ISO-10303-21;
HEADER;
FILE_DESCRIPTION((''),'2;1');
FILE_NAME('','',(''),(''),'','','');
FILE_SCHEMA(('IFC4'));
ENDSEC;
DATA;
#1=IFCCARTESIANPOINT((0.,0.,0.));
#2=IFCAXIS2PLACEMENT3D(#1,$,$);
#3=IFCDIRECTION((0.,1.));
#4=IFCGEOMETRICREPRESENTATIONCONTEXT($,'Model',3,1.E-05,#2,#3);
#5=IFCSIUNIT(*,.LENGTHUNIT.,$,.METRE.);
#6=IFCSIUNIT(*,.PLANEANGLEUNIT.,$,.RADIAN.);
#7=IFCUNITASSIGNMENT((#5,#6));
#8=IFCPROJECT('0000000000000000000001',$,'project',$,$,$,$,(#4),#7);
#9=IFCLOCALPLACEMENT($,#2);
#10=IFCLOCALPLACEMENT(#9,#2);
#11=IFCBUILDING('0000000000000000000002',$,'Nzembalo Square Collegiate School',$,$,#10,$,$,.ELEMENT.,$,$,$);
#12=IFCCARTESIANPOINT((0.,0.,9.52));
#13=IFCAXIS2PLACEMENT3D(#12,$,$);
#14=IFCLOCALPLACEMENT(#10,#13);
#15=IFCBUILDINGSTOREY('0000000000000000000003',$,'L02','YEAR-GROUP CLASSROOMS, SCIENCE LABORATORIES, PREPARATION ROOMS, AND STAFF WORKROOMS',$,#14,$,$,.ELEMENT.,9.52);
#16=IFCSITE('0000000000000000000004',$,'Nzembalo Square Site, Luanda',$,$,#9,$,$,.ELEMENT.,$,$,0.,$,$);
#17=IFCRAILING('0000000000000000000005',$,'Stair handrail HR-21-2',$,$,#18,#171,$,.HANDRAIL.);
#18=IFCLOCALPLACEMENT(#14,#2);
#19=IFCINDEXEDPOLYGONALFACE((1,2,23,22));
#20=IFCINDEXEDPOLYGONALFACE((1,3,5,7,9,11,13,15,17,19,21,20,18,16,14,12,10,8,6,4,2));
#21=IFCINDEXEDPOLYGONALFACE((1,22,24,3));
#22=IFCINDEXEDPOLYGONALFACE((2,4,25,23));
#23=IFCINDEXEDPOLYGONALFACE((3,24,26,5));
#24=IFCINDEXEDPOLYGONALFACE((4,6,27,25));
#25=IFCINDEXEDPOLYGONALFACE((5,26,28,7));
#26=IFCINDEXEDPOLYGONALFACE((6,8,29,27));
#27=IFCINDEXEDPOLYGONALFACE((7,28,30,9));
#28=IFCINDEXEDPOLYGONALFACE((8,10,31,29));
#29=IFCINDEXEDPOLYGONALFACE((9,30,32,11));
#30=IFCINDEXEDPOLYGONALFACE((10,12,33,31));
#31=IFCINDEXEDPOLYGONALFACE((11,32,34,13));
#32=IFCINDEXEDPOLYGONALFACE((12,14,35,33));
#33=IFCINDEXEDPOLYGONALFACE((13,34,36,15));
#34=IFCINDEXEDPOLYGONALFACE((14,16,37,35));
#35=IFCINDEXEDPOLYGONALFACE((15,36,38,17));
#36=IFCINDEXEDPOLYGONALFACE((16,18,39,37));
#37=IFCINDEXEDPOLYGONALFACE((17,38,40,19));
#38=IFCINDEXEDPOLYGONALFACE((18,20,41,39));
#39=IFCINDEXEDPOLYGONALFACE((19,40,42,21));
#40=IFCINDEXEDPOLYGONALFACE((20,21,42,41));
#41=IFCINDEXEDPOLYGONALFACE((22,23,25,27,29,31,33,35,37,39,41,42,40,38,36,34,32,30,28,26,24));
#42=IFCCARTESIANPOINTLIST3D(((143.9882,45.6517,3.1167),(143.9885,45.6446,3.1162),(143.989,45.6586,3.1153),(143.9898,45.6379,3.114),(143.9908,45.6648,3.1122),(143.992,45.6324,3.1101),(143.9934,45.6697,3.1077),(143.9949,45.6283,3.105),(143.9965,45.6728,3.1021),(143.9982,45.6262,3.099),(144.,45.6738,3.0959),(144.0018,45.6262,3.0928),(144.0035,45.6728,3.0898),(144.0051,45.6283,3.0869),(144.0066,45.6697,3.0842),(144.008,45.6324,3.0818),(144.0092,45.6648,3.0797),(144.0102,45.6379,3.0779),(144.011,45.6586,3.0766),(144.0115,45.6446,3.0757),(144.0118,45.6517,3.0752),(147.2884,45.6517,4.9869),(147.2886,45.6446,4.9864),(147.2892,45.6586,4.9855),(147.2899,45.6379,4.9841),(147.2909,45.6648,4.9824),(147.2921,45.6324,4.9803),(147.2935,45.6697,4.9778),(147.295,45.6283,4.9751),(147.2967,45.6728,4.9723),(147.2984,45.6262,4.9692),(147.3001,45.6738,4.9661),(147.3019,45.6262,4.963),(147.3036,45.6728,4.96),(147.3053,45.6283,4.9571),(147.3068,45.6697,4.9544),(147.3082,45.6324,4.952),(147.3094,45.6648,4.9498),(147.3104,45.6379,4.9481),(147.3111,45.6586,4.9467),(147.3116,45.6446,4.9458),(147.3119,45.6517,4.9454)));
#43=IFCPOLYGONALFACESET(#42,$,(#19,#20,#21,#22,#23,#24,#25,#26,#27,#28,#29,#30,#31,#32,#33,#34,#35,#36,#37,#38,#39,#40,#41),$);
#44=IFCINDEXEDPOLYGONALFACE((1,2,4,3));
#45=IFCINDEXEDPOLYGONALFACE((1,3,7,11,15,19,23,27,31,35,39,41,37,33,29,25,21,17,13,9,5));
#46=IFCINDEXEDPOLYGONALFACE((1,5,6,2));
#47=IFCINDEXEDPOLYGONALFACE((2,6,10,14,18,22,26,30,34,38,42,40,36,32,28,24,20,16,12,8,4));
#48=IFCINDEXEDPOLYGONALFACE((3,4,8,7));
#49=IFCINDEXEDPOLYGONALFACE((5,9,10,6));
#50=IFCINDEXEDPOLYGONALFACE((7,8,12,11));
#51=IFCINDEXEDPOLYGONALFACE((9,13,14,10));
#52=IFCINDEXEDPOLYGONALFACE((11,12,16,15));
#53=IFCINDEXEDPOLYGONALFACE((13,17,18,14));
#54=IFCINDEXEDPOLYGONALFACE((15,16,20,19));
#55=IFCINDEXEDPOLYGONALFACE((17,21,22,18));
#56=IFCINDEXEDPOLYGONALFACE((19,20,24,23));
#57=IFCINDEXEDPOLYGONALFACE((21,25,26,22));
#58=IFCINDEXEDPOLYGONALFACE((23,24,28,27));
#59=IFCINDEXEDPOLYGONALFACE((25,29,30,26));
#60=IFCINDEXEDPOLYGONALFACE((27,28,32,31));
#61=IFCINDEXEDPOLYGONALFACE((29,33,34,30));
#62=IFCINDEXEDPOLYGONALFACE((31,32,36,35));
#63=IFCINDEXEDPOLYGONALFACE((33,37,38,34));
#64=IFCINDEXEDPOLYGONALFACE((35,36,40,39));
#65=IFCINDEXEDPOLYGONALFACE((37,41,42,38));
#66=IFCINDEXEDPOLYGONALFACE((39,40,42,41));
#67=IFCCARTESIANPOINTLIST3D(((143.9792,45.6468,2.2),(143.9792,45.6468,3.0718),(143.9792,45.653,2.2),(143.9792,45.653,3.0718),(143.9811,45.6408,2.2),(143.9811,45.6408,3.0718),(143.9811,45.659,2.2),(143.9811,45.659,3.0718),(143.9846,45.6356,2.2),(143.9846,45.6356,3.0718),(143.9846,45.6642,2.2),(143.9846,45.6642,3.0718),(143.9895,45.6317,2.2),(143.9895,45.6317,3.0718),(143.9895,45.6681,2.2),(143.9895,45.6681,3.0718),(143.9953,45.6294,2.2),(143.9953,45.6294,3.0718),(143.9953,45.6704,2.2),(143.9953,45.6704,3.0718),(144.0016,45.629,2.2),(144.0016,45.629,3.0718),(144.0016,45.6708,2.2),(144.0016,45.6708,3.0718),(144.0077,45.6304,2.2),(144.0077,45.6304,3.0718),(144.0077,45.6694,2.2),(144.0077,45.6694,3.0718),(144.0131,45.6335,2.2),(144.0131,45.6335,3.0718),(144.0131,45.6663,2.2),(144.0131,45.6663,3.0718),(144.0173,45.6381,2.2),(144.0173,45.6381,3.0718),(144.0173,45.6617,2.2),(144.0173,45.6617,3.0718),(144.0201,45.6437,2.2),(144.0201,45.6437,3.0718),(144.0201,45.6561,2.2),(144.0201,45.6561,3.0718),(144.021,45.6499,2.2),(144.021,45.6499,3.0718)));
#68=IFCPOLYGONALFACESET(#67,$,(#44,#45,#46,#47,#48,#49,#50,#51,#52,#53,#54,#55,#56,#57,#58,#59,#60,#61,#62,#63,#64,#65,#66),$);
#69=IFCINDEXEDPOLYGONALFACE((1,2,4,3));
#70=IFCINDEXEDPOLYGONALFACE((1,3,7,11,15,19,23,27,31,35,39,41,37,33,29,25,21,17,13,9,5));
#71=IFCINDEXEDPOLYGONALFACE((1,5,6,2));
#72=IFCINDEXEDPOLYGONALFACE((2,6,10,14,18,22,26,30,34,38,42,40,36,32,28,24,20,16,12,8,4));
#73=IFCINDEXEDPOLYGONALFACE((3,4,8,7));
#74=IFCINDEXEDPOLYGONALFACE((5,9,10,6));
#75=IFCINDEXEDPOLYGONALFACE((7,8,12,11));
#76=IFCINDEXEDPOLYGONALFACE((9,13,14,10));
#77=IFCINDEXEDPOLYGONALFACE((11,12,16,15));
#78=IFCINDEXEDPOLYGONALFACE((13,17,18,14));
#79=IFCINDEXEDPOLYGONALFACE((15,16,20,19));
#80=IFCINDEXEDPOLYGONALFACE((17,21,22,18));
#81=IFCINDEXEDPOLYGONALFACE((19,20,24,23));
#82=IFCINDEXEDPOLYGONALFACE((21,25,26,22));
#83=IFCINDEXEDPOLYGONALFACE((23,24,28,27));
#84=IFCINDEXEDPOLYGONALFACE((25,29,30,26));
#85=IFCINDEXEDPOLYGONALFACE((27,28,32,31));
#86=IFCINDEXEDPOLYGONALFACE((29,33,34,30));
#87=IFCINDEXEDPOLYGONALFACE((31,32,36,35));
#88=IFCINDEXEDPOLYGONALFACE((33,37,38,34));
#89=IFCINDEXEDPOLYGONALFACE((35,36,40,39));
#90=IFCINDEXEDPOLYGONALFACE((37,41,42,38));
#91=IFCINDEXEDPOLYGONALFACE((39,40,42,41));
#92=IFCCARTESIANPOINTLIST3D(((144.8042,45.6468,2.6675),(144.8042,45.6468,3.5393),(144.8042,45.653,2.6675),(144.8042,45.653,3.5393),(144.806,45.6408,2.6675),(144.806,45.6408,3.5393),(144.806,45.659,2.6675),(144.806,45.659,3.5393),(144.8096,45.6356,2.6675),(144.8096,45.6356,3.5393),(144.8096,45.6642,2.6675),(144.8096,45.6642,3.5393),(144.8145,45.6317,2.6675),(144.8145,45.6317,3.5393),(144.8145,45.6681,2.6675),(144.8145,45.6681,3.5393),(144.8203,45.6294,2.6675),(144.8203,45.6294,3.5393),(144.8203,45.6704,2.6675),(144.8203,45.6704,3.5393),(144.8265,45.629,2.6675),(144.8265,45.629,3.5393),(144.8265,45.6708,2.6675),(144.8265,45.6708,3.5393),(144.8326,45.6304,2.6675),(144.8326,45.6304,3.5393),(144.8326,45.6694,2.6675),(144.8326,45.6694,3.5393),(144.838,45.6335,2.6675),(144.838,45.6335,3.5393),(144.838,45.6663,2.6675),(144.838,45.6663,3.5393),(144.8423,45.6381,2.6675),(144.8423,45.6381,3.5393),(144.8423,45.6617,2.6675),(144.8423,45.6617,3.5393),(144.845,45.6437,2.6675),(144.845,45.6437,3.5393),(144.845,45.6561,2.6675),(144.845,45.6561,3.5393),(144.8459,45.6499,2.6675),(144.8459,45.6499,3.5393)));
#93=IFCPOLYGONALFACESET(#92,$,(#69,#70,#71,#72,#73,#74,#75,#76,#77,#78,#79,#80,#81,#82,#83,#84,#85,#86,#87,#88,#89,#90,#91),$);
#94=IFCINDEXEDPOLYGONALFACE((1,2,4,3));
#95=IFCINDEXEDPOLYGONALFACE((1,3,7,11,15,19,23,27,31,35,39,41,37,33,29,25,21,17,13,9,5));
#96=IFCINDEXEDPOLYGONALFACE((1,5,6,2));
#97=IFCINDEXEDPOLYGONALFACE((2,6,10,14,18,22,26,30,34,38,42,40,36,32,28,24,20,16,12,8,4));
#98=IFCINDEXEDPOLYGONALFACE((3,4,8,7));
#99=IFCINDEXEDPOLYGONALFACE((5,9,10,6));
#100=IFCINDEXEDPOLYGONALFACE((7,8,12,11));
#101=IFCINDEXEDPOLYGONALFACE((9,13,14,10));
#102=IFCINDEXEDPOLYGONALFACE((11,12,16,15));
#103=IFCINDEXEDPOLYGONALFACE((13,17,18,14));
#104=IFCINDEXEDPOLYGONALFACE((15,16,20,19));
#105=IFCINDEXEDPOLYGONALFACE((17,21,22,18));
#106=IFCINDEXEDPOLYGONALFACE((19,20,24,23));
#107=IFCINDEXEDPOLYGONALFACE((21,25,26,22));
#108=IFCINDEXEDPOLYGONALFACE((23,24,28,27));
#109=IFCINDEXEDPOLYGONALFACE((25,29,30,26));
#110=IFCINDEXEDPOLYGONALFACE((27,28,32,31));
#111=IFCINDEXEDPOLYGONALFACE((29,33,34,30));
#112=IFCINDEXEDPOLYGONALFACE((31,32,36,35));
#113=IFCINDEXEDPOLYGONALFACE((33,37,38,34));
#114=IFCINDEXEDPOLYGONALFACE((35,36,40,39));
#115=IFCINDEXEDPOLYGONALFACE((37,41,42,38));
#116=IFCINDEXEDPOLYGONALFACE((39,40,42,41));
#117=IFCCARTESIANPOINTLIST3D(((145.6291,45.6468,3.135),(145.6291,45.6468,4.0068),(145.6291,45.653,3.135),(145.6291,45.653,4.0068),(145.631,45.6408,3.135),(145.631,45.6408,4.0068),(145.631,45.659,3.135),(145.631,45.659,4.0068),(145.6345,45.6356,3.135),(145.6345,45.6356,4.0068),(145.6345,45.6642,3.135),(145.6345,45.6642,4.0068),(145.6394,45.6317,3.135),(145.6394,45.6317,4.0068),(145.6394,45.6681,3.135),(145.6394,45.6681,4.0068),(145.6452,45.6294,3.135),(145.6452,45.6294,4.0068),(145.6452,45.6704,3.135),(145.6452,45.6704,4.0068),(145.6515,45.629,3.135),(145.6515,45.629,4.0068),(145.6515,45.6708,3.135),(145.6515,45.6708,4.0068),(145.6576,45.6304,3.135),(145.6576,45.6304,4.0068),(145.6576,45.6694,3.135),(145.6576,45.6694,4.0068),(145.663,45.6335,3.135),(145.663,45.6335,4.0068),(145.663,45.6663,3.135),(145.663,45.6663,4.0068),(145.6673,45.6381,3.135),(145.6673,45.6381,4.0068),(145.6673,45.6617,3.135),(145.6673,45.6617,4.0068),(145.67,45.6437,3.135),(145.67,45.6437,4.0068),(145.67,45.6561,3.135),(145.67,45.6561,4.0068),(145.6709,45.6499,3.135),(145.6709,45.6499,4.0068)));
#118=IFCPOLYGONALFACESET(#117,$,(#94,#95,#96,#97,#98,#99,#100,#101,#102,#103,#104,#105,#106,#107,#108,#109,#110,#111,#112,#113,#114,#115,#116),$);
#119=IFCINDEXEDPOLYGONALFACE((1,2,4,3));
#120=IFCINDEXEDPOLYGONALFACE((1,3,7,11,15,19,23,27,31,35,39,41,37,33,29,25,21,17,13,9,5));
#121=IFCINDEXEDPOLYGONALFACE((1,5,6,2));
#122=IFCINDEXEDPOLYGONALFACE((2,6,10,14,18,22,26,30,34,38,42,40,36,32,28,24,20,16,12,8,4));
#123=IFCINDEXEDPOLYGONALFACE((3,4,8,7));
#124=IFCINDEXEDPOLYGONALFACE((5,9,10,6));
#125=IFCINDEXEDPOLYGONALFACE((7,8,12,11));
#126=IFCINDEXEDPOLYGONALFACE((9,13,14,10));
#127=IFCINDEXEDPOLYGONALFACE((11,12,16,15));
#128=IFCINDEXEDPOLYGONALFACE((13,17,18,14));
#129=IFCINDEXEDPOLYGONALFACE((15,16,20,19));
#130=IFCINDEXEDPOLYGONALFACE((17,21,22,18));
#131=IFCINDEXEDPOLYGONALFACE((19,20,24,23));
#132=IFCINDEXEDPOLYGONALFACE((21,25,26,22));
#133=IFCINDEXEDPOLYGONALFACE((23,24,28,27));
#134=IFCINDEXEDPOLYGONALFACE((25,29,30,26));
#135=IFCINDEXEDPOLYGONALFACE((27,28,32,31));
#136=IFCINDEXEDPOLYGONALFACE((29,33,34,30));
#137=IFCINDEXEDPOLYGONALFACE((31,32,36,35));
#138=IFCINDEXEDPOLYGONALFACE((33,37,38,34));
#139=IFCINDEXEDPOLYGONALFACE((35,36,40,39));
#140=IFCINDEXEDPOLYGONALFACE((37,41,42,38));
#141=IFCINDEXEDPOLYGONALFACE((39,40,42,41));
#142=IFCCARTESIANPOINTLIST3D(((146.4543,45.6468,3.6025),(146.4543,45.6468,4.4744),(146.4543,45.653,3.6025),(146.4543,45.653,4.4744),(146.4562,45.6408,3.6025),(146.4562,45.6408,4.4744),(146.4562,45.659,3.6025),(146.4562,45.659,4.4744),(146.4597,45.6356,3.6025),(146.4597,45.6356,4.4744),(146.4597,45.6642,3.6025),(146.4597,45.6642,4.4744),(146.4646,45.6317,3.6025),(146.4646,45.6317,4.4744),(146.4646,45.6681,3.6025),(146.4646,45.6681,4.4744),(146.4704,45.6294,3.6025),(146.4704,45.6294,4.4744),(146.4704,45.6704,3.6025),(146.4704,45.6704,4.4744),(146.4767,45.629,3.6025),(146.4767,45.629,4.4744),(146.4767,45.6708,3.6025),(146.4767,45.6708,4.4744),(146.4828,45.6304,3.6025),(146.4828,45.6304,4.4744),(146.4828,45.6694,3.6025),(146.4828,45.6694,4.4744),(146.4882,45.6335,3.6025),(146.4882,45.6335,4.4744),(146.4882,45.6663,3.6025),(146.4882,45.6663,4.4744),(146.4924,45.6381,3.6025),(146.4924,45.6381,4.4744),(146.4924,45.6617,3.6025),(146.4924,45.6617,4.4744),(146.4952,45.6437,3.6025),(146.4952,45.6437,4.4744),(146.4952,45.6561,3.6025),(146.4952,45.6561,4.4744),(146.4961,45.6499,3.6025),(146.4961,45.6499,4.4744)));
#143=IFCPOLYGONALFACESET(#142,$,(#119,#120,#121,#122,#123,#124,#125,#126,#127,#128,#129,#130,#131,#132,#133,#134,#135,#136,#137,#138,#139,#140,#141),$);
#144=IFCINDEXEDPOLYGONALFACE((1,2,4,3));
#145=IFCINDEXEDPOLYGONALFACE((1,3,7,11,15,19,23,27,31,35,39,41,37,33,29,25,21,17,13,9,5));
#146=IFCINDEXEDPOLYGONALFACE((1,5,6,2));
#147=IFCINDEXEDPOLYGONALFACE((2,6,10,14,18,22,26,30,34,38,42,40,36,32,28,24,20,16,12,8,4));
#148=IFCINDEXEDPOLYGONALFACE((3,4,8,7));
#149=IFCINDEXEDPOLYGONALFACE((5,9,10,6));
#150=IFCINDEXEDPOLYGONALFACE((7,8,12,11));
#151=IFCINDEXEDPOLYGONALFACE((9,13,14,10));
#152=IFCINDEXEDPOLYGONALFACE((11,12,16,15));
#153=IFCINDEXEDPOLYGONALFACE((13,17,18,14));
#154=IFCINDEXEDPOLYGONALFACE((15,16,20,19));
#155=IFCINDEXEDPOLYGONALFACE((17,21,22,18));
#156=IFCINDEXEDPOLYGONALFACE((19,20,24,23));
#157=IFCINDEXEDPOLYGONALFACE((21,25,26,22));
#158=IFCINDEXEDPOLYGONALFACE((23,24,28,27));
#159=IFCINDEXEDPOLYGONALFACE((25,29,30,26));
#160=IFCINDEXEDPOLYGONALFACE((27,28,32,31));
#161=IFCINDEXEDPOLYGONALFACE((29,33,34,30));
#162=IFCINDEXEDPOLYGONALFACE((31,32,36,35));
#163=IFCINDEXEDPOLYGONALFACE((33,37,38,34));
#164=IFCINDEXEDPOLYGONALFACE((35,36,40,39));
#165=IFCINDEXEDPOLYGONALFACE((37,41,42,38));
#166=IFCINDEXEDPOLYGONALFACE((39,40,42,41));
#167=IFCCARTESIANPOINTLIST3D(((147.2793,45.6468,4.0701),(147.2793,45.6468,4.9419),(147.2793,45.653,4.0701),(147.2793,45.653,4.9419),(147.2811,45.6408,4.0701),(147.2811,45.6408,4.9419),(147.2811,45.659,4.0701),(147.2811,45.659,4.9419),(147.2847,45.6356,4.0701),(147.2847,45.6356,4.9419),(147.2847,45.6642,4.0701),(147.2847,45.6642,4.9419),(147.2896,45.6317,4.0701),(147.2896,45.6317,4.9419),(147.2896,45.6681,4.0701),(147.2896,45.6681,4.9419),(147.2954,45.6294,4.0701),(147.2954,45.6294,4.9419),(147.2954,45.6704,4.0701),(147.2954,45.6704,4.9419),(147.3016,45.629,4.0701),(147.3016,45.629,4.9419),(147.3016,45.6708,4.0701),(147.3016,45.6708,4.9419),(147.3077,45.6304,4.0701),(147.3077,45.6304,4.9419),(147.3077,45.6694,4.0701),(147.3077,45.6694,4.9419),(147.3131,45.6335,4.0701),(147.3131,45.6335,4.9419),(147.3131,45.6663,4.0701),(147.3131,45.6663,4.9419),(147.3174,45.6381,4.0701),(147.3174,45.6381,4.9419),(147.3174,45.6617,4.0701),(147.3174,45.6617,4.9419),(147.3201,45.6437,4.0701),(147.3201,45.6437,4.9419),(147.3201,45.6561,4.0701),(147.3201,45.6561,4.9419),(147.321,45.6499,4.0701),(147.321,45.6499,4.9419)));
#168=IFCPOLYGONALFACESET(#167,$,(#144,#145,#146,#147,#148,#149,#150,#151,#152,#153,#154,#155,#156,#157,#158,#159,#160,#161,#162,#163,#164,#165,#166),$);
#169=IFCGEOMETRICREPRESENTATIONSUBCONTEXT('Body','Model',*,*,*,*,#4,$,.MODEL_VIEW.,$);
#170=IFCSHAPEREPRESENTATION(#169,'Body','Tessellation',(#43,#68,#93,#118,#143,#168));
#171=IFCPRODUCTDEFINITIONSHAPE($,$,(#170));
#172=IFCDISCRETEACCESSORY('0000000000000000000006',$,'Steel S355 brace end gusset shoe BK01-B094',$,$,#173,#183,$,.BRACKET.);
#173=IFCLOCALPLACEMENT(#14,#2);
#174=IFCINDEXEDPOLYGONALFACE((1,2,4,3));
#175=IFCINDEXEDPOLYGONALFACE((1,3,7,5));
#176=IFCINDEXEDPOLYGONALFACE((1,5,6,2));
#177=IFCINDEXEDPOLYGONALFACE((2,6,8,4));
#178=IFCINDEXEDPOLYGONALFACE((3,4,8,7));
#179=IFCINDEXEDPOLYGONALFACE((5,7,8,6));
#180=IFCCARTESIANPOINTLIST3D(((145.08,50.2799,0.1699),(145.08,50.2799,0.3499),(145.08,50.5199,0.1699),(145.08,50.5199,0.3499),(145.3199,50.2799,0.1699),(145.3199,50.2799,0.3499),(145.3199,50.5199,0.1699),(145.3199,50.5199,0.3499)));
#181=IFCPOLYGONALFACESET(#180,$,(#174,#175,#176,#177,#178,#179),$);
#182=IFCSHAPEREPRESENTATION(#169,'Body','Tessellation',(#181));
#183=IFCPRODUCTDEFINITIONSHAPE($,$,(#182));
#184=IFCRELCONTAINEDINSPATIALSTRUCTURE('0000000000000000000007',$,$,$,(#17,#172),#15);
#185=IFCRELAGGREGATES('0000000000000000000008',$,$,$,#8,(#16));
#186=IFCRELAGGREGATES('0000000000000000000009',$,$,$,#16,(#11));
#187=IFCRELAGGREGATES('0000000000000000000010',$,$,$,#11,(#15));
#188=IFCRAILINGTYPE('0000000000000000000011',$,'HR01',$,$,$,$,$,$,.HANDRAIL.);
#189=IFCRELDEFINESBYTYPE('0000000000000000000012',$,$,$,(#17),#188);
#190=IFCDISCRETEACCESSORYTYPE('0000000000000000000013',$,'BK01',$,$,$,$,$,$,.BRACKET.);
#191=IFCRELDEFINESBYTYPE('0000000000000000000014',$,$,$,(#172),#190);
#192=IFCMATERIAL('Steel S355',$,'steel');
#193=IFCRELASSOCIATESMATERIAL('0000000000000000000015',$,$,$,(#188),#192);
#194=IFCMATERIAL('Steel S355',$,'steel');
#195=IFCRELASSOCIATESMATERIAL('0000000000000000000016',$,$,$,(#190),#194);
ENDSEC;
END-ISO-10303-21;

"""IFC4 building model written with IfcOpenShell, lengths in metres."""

from ifc_helpers import new_model, si_unit, direction, frame, origin, origin_2d, place, context, subcontext, project, spatial, rectangle, circle, extrude, material, type_object, element, save


model = new_model("IFC4")

# Units and contexts
model_context = context("Model", 3, precision=1e-05, world=origin(), true_north=direction((0.0, 1.0)))
body_context = subcontext(model_context, "Body", "Model", "MODEL_VIEW")
ifc_project = project(units=[si_unit("LENGTHUNIT", "METRE"), si_unit("PLANEANGLEUNIT", "RADIAN")], contexts=[model_context])

# Site, building, storey
site_placement = place(None, origin())
site = spatial("IfcSite", under=ifc_project, at=site_placement, Name="Nzembalo Square Site, Luanda", CompositionType="ELEMENT", RefElevation=0.0)
building_placement = place(site_placement, origin())
building = spatial("IfcBuilding", under=site, at=building_placement, Name="Nzembalo Square Collegiate School", CompositionType="ELEMENT")
storey_placement = place(building_placement, frame((0.0, 0.0, 9.52)))
storey = spatial("IfcBuildingStorey", under=building, at=storey_placement, Name="L02", Description="YEAR-GROUP CLASSROOMS, SCIENCE LABORATORIES, PREPARATION ROOMS, AND STAFF WORKROOMS", CompositionType="ELEMENT", Elevation=9.52)

# Railing
ifc_material_1 = material(Name="Steel S355", Category="steel")
railing_type_1 = type_object("IfcRailingType", Name="HR01", PredefinedType="HANDRAIL", material=ifc_material_1)
railing_1_placement = place(storey_placement, frame((144.0, 45.6499, 2.2)))
element("IfcRailing", 1, at=railing_1_placement, inside=storey, type_object=railing_type_1, Name="Stair handrail HR-21-2", PredefinedType="HANDRAIL", context=body_context, shape_type="SweptSolid", body=[
    extrude(circle(Radius=0.0239, at=origin_2d()), frame((0.0, 0.0, 0.896), z_axis=(0.870012, 0.0, 0.49303), x_axis=(0.0, 1.0, 0.0)), (0.0, 0.0, 1.0), 3.7932),
    extrude(circle(Radius=0.021, at=origin_2d()), origin(), (0.0, 0.0, 1.0), 0.8718),
    extrude(circle(Radius=0.021, at=origin_2d()), frame((0.825, 0.0, 0.4675)), (0.0, 0.0, 1.0), 0.8718),
    extrude(circle(Radius=0.021, at=origin_2d()), frame((1.6499, 0.0, 0.9351)), (0.0, 0.0, 1.0), 0.8718),
    extrude(circle(Radius=0.021, at=origin_2d()), frame((2.4751, 0.0, 1.4026)), (0.0, 0.0, 1.0), 0.8718),
    extrude(circle(Radius=0.021, at=origin_2d()), frame((3.3, 0.0, 1.8701)), (0.0, 0.0, 1.0), 0.8718),
])

# Discrete accessory
ifc_material_2 = material(Name="Steel S355", Category="steel")
discrete_accessory_type = type_object("IfcDiscreteAccessoryType", Name="BK01", PredefinedType="BRACKET", material=ifc_material_2)
discrete_accessory_placement = place(storey_placement, frame((145.2, 50.3999, 0.1699), z_axis=(0.0, 0.0, 1.0), x_axis=(1.0, 0.0, 0.0)))
element("IfcDiscreteAccessory", 2, at=discrete_accessory_placement, inside=storey, type_object=discrete_accessory_type, Name="Steel S355 brace end gusset shoe BK01-B094", PredefinedType="BRACKET", context=body_context, shape_type="SweptSolid", body=[
    extrude(rectangle(XDim=0.24, YDim=0.24, at=origin_2d()), origin(), (0.0, 0.0, 1.0), 0.1799),
])

save(model, "model.ifc")
